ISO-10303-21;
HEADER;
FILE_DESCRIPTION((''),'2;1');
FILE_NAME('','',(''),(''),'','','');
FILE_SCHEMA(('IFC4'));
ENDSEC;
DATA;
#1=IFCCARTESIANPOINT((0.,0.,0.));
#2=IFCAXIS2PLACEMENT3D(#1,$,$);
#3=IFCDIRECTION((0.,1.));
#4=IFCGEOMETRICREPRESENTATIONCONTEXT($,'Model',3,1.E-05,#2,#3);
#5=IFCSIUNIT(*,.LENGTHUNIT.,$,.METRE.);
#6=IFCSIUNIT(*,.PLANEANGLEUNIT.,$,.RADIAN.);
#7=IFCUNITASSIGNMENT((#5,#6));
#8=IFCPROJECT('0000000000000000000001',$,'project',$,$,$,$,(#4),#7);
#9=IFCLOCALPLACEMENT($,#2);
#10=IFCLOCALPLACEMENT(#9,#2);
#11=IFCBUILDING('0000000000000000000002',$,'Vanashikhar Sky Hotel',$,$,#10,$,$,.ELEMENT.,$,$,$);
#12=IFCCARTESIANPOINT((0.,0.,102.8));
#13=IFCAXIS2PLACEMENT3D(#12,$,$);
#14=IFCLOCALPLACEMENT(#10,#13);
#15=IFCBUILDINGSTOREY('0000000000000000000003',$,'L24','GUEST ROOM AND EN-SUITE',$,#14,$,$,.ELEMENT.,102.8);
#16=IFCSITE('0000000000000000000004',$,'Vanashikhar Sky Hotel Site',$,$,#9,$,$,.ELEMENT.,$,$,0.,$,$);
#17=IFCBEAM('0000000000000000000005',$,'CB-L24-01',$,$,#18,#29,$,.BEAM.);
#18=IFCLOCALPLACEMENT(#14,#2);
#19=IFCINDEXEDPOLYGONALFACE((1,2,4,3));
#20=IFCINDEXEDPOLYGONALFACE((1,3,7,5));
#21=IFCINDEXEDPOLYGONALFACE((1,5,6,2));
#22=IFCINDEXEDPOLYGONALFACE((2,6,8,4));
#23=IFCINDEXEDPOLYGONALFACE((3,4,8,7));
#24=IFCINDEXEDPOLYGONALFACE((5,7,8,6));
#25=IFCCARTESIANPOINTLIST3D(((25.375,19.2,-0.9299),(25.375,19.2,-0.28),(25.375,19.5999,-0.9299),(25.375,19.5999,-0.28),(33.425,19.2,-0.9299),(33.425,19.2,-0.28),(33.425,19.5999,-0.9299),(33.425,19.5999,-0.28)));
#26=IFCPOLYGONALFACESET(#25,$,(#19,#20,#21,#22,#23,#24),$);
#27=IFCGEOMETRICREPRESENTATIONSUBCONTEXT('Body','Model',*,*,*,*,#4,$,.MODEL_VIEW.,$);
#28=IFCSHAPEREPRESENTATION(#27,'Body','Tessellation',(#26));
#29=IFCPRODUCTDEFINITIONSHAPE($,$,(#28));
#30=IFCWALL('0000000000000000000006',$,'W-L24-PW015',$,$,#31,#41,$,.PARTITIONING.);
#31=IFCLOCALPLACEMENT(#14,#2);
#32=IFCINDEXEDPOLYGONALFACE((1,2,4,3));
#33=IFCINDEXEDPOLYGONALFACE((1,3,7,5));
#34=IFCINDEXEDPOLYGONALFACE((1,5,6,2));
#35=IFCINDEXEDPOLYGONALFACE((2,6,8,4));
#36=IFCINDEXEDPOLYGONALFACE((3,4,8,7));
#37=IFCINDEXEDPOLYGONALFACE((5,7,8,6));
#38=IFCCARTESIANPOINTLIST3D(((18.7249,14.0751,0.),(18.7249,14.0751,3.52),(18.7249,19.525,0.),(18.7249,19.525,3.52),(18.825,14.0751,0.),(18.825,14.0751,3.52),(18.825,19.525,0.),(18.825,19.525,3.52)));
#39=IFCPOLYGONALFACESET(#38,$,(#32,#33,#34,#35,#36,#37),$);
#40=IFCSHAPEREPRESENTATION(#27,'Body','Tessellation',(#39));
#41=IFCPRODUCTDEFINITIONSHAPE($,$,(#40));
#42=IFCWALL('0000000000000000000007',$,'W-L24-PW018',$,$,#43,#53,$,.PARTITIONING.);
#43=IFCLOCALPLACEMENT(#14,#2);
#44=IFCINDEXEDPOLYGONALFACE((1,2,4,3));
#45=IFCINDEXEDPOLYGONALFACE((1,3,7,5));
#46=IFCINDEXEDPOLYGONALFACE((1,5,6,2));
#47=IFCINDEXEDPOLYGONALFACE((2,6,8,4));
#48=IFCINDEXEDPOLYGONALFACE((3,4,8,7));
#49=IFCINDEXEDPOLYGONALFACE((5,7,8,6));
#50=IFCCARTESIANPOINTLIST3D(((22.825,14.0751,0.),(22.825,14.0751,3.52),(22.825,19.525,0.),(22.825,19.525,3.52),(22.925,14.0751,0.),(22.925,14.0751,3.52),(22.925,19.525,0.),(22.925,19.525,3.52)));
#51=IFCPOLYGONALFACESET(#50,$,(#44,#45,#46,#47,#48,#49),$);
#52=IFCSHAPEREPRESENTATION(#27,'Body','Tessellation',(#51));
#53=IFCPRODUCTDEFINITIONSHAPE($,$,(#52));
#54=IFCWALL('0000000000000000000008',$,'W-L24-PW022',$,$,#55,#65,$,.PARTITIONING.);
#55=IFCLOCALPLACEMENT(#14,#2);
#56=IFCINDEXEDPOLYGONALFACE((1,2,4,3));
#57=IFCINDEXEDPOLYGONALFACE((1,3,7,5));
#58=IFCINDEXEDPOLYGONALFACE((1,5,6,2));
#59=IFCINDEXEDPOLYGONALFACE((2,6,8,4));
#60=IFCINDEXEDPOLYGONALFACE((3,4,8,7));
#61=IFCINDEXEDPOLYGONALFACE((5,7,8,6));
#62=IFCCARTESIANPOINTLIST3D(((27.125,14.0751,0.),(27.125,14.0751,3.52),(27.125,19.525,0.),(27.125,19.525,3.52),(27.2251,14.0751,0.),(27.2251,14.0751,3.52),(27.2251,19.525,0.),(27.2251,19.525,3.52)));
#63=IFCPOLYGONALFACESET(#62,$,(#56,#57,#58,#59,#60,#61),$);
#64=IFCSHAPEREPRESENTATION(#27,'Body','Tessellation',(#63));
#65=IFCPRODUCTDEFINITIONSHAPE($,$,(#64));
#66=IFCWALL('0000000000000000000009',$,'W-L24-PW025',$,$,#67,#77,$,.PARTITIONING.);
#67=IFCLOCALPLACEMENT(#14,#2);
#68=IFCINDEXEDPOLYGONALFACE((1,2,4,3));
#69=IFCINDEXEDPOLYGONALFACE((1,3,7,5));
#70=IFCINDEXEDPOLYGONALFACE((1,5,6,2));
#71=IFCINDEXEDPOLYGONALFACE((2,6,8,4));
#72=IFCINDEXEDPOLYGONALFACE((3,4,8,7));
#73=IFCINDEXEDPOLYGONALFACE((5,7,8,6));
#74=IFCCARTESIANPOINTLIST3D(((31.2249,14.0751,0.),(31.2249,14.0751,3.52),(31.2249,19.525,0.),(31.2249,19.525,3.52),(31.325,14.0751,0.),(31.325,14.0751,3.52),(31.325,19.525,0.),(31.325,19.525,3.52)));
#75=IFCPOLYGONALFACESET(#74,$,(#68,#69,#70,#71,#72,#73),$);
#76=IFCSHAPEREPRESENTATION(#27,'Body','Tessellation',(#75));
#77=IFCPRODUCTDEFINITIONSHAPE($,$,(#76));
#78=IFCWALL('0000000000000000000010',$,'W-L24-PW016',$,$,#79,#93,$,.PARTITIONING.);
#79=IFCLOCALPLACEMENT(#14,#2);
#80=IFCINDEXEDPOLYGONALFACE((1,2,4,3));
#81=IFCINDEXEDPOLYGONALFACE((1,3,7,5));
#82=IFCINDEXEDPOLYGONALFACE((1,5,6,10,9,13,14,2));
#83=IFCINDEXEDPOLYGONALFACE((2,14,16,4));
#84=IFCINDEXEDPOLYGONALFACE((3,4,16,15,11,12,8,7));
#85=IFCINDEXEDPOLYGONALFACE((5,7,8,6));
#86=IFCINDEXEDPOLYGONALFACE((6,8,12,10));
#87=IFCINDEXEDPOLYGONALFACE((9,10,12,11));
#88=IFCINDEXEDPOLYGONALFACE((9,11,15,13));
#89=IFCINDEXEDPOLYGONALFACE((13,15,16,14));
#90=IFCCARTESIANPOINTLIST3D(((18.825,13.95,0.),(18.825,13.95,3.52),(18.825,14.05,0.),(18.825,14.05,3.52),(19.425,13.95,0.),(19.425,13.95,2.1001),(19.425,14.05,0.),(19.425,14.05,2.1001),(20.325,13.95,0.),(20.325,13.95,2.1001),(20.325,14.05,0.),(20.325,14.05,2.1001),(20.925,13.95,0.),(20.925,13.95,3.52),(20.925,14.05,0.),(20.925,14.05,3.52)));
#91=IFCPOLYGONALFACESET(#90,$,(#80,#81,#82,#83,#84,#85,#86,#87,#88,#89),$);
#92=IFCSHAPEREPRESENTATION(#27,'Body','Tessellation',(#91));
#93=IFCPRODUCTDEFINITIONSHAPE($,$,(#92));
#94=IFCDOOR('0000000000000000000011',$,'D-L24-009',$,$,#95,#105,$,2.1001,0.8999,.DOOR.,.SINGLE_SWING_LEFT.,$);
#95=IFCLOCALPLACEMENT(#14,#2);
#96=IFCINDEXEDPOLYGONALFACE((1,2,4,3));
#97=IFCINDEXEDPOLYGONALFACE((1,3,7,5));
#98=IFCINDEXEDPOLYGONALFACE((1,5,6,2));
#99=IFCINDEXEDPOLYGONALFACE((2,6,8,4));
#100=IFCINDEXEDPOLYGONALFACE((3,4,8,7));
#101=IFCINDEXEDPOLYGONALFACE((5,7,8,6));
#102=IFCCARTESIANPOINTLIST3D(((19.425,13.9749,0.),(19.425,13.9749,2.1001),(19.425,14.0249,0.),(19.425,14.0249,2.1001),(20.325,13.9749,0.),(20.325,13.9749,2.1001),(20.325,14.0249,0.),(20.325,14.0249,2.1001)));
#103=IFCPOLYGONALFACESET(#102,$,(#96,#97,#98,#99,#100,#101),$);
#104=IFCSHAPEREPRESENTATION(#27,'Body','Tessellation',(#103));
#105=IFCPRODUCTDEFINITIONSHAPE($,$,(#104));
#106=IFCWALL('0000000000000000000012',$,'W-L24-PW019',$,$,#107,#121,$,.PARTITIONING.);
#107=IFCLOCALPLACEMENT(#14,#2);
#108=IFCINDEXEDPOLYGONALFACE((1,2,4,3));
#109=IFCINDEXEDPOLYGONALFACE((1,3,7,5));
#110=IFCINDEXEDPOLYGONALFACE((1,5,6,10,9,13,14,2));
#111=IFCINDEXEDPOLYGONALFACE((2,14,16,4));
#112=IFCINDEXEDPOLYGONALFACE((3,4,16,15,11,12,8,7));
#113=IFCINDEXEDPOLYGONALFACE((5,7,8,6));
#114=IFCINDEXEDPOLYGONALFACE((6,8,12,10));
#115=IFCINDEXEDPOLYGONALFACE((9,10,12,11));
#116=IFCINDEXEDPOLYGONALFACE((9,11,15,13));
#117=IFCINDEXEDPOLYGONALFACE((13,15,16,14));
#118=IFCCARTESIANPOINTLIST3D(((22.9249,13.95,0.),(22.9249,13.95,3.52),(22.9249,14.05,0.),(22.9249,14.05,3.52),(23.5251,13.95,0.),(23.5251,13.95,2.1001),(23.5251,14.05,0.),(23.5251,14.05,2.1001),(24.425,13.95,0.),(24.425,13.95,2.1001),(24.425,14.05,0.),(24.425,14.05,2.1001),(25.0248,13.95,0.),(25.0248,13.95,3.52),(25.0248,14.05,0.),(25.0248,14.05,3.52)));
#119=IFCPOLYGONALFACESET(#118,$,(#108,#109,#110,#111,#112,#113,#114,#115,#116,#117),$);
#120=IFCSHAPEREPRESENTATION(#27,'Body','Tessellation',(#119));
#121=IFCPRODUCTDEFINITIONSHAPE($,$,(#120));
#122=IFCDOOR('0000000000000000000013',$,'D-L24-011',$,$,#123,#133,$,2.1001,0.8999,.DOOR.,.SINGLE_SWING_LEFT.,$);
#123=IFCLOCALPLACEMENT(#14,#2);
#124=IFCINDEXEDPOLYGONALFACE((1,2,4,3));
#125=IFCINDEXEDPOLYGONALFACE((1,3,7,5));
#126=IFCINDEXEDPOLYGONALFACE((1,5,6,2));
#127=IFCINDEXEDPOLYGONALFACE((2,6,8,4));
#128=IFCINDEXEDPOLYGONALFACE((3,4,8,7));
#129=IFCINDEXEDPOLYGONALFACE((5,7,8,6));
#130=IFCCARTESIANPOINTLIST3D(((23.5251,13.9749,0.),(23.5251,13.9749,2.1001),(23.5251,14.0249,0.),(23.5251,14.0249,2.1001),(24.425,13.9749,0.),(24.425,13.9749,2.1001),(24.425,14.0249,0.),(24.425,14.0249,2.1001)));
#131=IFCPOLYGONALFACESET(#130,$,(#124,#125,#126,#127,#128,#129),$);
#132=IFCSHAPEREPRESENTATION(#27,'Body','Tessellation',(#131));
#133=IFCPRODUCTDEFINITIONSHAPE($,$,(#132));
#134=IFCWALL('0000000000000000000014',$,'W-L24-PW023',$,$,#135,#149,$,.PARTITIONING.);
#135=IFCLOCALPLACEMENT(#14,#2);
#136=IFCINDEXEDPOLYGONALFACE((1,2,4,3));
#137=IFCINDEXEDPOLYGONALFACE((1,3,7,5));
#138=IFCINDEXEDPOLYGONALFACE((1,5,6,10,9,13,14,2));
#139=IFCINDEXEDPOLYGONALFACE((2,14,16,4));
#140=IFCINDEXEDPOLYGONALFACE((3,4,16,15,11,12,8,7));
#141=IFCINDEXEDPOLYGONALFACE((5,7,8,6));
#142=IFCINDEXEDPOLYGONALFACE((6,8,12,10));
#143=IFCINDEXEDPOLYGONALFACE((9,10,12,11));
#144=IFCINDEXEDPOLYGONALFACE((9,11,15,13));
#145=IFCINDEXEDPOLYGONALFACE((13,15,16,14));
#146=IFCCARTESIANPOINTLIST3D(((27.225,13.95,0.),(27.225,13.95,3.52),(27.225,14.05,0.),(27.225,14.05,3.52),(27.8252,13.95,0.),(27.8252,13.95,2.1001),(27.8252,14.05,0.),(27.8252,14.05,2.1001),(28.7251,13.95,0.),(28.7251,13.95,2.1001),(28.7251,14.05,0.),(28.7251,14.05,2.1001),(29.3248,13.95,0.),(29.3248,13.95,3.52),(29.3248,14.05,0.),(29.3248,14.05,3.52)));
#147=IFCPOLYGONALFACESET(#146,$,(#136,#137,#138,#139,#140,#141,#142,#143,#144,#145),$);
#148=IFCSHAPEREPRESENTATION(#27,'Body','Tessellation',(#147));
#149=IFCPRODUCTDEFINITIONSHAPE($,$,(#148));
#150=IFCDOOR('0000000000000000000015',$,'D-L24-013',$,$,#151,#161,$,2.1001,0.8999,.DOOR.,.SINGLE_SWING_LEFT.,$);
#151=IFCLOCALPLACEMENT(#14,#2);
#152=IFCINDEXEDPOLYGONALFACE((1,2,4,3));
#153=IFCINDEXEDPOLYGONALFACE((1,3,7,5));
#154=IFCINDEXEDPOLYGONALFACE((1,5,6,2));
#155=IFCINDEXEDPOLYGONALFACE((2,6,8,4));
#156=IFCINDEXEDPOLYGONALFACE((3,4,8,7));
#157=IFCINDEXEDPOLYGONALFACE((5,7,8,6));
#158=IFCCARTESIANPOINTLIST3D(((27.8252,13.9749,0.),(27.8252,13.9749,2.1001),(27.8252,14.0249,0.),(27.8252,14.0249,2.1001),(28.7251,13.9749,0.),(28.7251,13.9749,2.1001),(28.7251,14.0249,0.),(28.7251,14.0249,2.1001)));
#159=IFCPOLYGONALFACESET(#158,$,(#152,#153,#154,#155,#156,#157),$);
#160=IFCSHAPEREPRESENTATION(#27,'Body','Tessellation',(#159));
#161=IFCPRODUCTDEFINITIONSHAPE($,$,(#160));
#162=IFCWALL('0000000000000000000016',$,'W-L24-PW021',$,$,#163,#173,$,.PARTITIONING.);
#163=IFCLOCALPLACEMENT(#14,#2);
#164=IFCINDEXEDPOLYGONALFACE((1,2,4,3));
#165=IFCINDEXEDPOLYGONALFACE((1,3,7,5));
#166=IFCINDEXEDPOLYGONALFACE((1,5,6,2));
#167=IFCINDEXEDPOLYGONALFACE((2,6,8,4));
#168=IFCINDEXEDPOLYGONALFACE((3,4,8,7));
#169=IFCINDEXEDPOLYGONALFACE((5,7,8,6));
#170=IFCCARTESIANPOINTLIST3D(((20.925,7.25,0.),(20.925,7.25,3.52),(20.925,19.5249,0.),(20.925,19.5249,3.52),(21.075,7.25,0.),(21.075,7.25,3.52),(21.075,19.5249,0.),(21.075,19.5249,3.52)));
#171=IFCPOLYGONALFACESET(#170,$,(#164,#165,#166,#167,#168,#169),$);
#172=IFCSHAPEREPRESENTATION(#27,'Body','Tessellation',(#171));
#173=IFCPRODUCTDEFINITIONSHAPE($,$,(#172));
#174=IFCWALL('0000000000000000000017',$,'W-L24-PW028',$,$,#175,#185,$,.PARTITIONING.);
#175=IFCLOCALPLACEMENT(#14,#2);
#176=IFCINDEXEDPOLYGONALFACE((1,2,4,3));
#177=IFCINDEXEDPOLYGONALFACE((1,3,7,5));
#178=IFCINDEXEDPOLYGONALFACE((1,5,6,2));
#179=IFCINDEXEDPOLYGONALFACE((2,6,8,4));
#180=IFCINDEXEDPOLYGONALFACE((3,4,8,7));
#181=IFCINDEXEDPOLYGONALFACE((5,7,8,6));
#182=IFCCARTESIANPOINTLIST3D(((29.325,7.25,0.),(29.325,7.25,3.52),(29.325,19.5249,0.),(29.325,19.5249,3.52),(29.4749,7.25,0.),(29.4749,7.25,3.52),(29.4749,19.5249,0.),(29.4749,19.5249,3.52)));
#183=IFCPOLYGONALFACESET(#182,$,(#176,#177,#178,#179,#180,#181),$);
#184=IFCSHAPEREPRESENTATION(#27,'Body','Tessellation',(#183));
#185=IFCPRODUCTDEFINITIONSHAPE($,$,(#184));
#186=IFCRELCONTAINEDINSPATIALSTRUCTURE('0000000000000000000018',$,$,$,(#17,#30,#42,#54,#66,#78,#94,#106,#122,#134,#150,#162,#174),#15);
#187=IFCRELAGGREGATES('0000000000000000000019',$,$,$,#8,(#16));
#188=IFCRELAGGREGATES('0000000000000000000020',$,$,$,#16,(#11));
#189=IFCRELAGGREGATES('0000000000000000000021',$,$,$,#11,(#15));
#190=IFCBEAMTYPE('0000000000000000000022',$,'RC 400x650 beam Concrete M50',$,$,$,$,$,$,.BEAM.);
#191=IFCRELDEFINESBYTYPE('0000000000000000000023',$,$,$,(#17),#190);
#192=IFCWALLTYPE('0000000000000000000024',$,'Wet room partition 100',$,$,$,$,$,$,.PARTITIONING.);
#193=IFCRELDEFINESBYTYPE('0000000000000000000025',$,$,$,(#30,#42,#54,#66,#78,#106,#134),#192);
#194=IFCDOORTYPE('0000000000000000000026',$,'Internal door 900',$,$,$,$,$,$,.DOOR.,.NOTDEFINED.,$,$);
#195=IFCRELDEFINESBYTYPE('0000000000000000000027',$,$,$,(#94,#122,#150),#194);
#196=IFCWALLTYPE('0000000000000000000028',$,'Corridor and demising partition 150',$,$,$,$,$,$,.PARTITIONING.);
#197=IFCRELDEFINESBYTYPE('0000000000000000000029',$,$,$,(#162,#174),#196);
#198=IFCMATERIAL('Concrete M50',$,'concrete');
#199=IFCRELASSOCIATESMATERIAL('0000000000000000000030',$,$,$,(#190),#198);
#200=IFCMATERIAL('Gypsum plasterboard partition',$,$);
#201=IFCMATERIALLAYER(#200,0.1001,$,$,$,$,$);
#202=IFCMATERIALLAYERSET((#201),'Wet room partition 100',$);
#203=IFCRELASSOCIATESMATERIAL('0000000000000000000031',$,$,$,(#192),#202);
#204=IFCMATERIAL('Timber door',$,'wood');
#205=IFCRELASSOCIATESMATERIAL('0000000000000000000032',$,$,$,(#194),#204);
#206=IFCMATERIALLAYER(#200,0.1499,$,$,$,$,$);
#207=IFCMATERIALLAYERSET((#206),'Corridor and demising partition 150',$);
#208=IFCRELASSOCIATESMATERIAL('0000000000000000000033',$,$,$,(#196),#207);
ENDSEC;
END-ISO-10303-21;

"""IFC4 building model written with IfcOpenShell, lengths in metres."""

from ifc_helpers import new_model, si_unit, direction, frame, frame_2d, origin, origin_2d, place, context, subcontext, project, spatial, rectangle, extrude, source, transform, mapped, material, layer, layer_set, material_profile, profile_set, type_object, element, fill, save


model = new_model("IFC4")

# Units and contexts
model_context = context("Model", 3, precision=1e-05, world=origin(), true_north=direction((0.0, 1.0)))
body_context = subcontext(model_context, "Body", "Model", "MODEL_VIEW")
ifc_project = project(units=[si_unit("LENGTHUNIT", "METRE"), si_unit("PLANEANGLEUNIT", "RADIAN")], contexts=[model_context])

# Site, building, storey
site_placement = place(None, origin())
site = spatial("IfcSite", under=ifc_project, at=site_placement, Name="Vanashikhar Sky Hotel Site", CompositionType="ELEMENT", RefElevation=0.0)
building_placement = place(site_placement, origin())
building = spatial("IfcBuilding", under=site, at=building_placement, Name="Vanashikhar Sky Hotel", CompositionType="ELEMENT")
storey_placement = place(building_placement, frame((0.0, 0.0, 102.8)))
storey = spatial("IfcBuildingStorey", under=building, at=storey_placement, Name="L24", Description="GUEST ROOM AND EN-SUITE", CompositionType="ELEMENT", Elevation=102.8)

# Beam
ifc_material_1 = material(Name="Concrete M50", Category="concrete")
ifc_material_profile = material_profile(ifc_material_1, rectangle(XDim=0.3999, YDim=0.6499, at=origin_2d()))
ifc_profile_set = profile_set([ifc_material_profile], Name="RC 400x650 beam Concrete M50")
beam_type = type_object("IfcBeamType", Name="RC 400x650 beam Concrete M50", PredefinedType="BEAM", material=ifc_profile_set)
shared_shape_1 = source(origin(), body_context, "Body", "SweptSolid", [
    extrude(rectangle(XDim=0.3999, YDim=0.6499, at=origin_2d()), origin(), (0.0, 0.0, 1.0), 8.05),
])
beam_placement = place(storey_placement, frame((25.375, 19.3999, -0.605), z_axis=(1.0, 0.0, 0.0), x_axis=(0.0, 1.0, 0.0)))
element("IfcBeam", 1, at=beam_placement, inside=storey, type_object=beam_type, Name="CB-L24-01", PredefinedType="BEAM", context=body_context, shape_type="MappedRepresentation", body=[
    mapped(shared_shape_1, transform((0.0, 0.0, 0.0), scale=1.0)),
])

# Walls
ifc_material_2 = material(Name="Gypsum plasterboard partition")
ifc_layer_1 = layer(ifc_material_2, 0.1001)
ifc_layer_set_1 = layer_set([ifc_layer_1], Name="Wet room partition 100")
wall_type_1 = type_object("IfcWallType", Name="Wet room partition 100", PredefinedType="PARTITIONING", material=ifc_layer_set_1)
shared_shape_2 = source(origin(), body_context, "Body", "SweptSolid", [
    extrude(rectangle(XDim=5.45, YDim=0.1001, at=frame_2d((2.7251, 0.0))), origin(), (0.0, 0.0, 1.0), 3.52),
])
for number, where, z_axis, x_axis, name in (
    (2, (18.7749, 14.075, 0.0), (0.0, 0.0, 1.0), (0.0, 1.0, 0.0), "W-L24-PW015"),
    (3, (22.875, 14.075, 0.0), (0.0, 0.0, 1.0), (0.0, 1.0, 0.0), "W-L24-PW018"),
    (4, (27.175, 14.075, 0.0), (0.0, 0.0, 1.0), (0.0, 1.0, 0.0), "W-L24-PW022"),
    (5, (31.2749, 14.075, 0.0), (0.0, 0.0, 1.0), (0.0, 1.0, 0.0), "W-L24-PW025"),
):
    element("IfcWall", number, at=place(storey_placement, frame(where, z_axis=z_axis, x_axis=x_axis)), inside=storey, type_object=wall_type_1, Name=name, PredefinedType="PARTITIONING", context=body_context, shape_type="MappedRepresentation", body=[
        mapped(shared_shape_2, transform((0.0, 0.0, 0.0), scale=1.0)),
    ])

# Walls, openings, doors
shared_shape_3 = source(origin(), body_context, "Body", "SweptSolid", [
    extrude(rectangle(XDim=2.1001, YDim=0.1001, at=frame_2d((1.05, 0.0))), origin(), (0.0, 0.0, 1.0), 3.52),
])
wall_1_placement = place(storey_placement, frame((18.825, 14.0, 0.0), z_axis=(0.0, 0.0, 1.0), x_axis=(1.0, 0.0, 0.0)))
wall_1 = element("IfcWall", 6, at=wall_1_placement, inside=storey, type_object=wall_type_1, Name="W-L24-PW016", PredefinedType="PARTITIONING", context=body_context, shape_type="MappedRepresentation", body=[
    mapped(shared_shape_3, transform((0.0, 0.0, 0.0), scale=1.0)),
])
shared_shape_4 = source(origin(), body_context, "Body", "SweptSolid", [
    extrude(rectangle(XDim=0.8999, YDim=2.1001, at=frame_2d((0.45, 1.05))), frame((0.0, 0.0601, 0.0), z_axis=(0.0, -1.0, 0.0), x_axis=(1.0, 0.0, 0.0)), (0.0, 0.0, 1.0), 0.1201),
])
opening_1_placement = place(wall_1_placement, frame((0.6001, 0.0, 0.0)))
opening_1 = element("IfcOpeningElement", 7, at=opening_1_placement, cuts=wall_1, PredefinedType="OPENING", context=body_context, shape_type="MappedRepresentation", body=[
    mapped(shared_shape_4, transform((0.0, 0.0, 0.0), scale=1.0)),
])
ifc_material_3 = material(Name="Timber door", Category="wood")
door_type_1 = type_object("IfcDoorType", Name="Internal door 900", OperationType="NOTDEFINED", PredefinedType="DOOR", material=ifc_material_3)
shared_shape_5 = source(origin(), body_context, "Body", "SweptSolid", [
    extrude(rectangle(XDim=0.8999, YDim=2.1001, at=frame_2d((0.45, 1.05))), frame((0.0, 0.0249, 0.0), z_axis=(0.0, -1.0, 0.0), x_axis=(1.0, 0.0, 0.0)), (0.0, 0.0, 1.0), 0.05),
])
door_1_placement = place(opening_1_placement, origin())
door_1 = element("IfcDoor", 8, at=door_1_placement, inside=storey, type_object=door_type_1, Name="D-L24-009", OperationType="SINGLE_SWING_LEFT", OverallHeight=2.1001, OverallWidth=0.8999, PredefinedType="DOOR", context=body_context, shape_type="MappedRepresentation", body=[
    mapped(shared_shape_5, transform((0.0, 0.0, 0.0), scale=1.0)),
])
fill(opening_1, door_1)
shared_shape_6 = source(origin(), body_context, "Body", "SweptSolid", [
    extrude(rectangle(XDim=2.0999, YDim=0.1001, at=frame_2d((1.0498, 0.0))), origin(), (0.0, 0.0, 1.0), 3.52),
])
wall_2_placement = place(storey_placement, frame((22.925, 14.0, 0.0), z_axis=(0.0, 0.0, 1.0), x_axis=(1.0, 0.0, 0.0)))
wall_2 = element("IfcWall", 9, at=wall_2_placement, inside=storey, type_object=wall_type_1, Name="W-L24-PW019", PredefinedType="PARTITIONING", context=body_context, shape_type="MappedRepresentation", body=[
    mapped(shared_shape_6, transform((0.0, 0.0, 0.0), scale=1.0)),
])
opening_2_placement = place(wall_2_placement, frame((0.6001, 0.0, 0.0)))
opening_2 = element("IfcOpeningElement", 10, at=opening_2_placement, cuts=wall_2, PredefinedType="OPENING", context=body_context, shape_type="MappedRepresentation", body=[
    mapped(shared_shape_4, transform((0.0, 0.0, 0.0), scale=1.0)),
])
door_2_placement = place(opening_2_placement, origin())
door_2 = element("IfcDoor", 11, at=door_2_placement, inside=storey, type_object=door_type_1, Name="D-L24-011", OperationType="SINGLE_SWING_LEFT", OverallHeight=2.1001, OverallWidth=0.8999, PredefinedType="DOOR", context=body_context, shape_type="MappedRepresentation", body=[
    mapped(shared_shape_5, transform((0.0, 0.0, 0.0), scale=1.0)),
])
fill(opening_2, door_2)
wall_3_placement = place(storey_placement, frame((27.2251, 14.0, 0.0), z_axis=(0.0, 0.0, 1.0), x_axis=(1.0, 0.0, 0.0)))
wall_3 = element("IfcWall", 12, at=wall_3_placement, inside=storey, type_object=wall_type_1, Name="W-L24-PW023", PredefinedType="PARTITIONING", context=body_context, shape_type="MappedRepresentation", body=[
    mapped(shared_shape_6, transform((0.0, 0.0, 0.0), scale=1.0)),
])
opening_3_placement = place(wall_3_placement, frame((0.6001, 0.0, 0.0)))
opening_3 = element("IfcOpeningElement", 13, at=opening_3_placement, cuts=wall_3, PredefinedType="OPENING", context=body_context, shape_type="MappedRepresentation", body=[
    mapped(shared_shape_4, transform((0.0, 0.0, 0.0), scale=1.0)),
])
door_3_placement = place(opening_3_placement, origin())
door_3 = element("IfcDoor", 14, at=door_3_placement, inside=storey, type_object=door_type_1, Name="D-L24-013", OperationType="SINGLE_SWING_LEFT", OverallHeight=2.1001, OverallWidth=0.8999, PredefinedType="DOOR", context=body_context, shape_type="MappedRepresentation", body=[
    mapped(shared_shape_5, transform((0.0, 0.0, 0.0), scale=1.0)),
])
fill(opening_3, door_3)

# Walls
ifc_layer_2 = layer(ifc_material_2, 0.1499)
ifc_layer_set_2 = layer_set([ifc_layer_2], Name="Corridor and demising partition 150")
wall_type_2 = type_object("IfcWallType", Name="Corridor and demising partition 150", PredefinedType="PARTITIONING", material=ifc_layer_set_2)
shared_shape_7 = source(origin(), body_context, "Body", "SweptSolid", [
    extrude(rectangle(XDim=12.2749, YDim=0.1499, at=frame_2d((6.1375, 0.0))), origin(), (0.0, 0.0, 1.0), 3.52),
])
for number, where, z_axis, x_axis, name in (
    (15, (21.0, 7.25, 0.0), (0.0, 0.0, 1.0), (0.0, 1.0, 0.0), "W-L24-PW021"),
    (16, (29.3999, 7.25, 0.0), (0.0, 0.0, 1.0), (0.0, 1.0, 0.0), "W-L24-PW028"),
):
    element("IfcWall", number, at=place(storey_placement, frame(where, z_axis=z_axis, x_axis=x_axis)), inside=storey, type_object=wall_type_2, Name=name, PredefinedType="PARTITIONING", context=body_context, shape_type="MappedRepresentation", body=[
        mapped(shared_shape_7, transform((0.0, 0.0, 0.0), scale=1.0)),
    ])

save(model, "model.ifc")
